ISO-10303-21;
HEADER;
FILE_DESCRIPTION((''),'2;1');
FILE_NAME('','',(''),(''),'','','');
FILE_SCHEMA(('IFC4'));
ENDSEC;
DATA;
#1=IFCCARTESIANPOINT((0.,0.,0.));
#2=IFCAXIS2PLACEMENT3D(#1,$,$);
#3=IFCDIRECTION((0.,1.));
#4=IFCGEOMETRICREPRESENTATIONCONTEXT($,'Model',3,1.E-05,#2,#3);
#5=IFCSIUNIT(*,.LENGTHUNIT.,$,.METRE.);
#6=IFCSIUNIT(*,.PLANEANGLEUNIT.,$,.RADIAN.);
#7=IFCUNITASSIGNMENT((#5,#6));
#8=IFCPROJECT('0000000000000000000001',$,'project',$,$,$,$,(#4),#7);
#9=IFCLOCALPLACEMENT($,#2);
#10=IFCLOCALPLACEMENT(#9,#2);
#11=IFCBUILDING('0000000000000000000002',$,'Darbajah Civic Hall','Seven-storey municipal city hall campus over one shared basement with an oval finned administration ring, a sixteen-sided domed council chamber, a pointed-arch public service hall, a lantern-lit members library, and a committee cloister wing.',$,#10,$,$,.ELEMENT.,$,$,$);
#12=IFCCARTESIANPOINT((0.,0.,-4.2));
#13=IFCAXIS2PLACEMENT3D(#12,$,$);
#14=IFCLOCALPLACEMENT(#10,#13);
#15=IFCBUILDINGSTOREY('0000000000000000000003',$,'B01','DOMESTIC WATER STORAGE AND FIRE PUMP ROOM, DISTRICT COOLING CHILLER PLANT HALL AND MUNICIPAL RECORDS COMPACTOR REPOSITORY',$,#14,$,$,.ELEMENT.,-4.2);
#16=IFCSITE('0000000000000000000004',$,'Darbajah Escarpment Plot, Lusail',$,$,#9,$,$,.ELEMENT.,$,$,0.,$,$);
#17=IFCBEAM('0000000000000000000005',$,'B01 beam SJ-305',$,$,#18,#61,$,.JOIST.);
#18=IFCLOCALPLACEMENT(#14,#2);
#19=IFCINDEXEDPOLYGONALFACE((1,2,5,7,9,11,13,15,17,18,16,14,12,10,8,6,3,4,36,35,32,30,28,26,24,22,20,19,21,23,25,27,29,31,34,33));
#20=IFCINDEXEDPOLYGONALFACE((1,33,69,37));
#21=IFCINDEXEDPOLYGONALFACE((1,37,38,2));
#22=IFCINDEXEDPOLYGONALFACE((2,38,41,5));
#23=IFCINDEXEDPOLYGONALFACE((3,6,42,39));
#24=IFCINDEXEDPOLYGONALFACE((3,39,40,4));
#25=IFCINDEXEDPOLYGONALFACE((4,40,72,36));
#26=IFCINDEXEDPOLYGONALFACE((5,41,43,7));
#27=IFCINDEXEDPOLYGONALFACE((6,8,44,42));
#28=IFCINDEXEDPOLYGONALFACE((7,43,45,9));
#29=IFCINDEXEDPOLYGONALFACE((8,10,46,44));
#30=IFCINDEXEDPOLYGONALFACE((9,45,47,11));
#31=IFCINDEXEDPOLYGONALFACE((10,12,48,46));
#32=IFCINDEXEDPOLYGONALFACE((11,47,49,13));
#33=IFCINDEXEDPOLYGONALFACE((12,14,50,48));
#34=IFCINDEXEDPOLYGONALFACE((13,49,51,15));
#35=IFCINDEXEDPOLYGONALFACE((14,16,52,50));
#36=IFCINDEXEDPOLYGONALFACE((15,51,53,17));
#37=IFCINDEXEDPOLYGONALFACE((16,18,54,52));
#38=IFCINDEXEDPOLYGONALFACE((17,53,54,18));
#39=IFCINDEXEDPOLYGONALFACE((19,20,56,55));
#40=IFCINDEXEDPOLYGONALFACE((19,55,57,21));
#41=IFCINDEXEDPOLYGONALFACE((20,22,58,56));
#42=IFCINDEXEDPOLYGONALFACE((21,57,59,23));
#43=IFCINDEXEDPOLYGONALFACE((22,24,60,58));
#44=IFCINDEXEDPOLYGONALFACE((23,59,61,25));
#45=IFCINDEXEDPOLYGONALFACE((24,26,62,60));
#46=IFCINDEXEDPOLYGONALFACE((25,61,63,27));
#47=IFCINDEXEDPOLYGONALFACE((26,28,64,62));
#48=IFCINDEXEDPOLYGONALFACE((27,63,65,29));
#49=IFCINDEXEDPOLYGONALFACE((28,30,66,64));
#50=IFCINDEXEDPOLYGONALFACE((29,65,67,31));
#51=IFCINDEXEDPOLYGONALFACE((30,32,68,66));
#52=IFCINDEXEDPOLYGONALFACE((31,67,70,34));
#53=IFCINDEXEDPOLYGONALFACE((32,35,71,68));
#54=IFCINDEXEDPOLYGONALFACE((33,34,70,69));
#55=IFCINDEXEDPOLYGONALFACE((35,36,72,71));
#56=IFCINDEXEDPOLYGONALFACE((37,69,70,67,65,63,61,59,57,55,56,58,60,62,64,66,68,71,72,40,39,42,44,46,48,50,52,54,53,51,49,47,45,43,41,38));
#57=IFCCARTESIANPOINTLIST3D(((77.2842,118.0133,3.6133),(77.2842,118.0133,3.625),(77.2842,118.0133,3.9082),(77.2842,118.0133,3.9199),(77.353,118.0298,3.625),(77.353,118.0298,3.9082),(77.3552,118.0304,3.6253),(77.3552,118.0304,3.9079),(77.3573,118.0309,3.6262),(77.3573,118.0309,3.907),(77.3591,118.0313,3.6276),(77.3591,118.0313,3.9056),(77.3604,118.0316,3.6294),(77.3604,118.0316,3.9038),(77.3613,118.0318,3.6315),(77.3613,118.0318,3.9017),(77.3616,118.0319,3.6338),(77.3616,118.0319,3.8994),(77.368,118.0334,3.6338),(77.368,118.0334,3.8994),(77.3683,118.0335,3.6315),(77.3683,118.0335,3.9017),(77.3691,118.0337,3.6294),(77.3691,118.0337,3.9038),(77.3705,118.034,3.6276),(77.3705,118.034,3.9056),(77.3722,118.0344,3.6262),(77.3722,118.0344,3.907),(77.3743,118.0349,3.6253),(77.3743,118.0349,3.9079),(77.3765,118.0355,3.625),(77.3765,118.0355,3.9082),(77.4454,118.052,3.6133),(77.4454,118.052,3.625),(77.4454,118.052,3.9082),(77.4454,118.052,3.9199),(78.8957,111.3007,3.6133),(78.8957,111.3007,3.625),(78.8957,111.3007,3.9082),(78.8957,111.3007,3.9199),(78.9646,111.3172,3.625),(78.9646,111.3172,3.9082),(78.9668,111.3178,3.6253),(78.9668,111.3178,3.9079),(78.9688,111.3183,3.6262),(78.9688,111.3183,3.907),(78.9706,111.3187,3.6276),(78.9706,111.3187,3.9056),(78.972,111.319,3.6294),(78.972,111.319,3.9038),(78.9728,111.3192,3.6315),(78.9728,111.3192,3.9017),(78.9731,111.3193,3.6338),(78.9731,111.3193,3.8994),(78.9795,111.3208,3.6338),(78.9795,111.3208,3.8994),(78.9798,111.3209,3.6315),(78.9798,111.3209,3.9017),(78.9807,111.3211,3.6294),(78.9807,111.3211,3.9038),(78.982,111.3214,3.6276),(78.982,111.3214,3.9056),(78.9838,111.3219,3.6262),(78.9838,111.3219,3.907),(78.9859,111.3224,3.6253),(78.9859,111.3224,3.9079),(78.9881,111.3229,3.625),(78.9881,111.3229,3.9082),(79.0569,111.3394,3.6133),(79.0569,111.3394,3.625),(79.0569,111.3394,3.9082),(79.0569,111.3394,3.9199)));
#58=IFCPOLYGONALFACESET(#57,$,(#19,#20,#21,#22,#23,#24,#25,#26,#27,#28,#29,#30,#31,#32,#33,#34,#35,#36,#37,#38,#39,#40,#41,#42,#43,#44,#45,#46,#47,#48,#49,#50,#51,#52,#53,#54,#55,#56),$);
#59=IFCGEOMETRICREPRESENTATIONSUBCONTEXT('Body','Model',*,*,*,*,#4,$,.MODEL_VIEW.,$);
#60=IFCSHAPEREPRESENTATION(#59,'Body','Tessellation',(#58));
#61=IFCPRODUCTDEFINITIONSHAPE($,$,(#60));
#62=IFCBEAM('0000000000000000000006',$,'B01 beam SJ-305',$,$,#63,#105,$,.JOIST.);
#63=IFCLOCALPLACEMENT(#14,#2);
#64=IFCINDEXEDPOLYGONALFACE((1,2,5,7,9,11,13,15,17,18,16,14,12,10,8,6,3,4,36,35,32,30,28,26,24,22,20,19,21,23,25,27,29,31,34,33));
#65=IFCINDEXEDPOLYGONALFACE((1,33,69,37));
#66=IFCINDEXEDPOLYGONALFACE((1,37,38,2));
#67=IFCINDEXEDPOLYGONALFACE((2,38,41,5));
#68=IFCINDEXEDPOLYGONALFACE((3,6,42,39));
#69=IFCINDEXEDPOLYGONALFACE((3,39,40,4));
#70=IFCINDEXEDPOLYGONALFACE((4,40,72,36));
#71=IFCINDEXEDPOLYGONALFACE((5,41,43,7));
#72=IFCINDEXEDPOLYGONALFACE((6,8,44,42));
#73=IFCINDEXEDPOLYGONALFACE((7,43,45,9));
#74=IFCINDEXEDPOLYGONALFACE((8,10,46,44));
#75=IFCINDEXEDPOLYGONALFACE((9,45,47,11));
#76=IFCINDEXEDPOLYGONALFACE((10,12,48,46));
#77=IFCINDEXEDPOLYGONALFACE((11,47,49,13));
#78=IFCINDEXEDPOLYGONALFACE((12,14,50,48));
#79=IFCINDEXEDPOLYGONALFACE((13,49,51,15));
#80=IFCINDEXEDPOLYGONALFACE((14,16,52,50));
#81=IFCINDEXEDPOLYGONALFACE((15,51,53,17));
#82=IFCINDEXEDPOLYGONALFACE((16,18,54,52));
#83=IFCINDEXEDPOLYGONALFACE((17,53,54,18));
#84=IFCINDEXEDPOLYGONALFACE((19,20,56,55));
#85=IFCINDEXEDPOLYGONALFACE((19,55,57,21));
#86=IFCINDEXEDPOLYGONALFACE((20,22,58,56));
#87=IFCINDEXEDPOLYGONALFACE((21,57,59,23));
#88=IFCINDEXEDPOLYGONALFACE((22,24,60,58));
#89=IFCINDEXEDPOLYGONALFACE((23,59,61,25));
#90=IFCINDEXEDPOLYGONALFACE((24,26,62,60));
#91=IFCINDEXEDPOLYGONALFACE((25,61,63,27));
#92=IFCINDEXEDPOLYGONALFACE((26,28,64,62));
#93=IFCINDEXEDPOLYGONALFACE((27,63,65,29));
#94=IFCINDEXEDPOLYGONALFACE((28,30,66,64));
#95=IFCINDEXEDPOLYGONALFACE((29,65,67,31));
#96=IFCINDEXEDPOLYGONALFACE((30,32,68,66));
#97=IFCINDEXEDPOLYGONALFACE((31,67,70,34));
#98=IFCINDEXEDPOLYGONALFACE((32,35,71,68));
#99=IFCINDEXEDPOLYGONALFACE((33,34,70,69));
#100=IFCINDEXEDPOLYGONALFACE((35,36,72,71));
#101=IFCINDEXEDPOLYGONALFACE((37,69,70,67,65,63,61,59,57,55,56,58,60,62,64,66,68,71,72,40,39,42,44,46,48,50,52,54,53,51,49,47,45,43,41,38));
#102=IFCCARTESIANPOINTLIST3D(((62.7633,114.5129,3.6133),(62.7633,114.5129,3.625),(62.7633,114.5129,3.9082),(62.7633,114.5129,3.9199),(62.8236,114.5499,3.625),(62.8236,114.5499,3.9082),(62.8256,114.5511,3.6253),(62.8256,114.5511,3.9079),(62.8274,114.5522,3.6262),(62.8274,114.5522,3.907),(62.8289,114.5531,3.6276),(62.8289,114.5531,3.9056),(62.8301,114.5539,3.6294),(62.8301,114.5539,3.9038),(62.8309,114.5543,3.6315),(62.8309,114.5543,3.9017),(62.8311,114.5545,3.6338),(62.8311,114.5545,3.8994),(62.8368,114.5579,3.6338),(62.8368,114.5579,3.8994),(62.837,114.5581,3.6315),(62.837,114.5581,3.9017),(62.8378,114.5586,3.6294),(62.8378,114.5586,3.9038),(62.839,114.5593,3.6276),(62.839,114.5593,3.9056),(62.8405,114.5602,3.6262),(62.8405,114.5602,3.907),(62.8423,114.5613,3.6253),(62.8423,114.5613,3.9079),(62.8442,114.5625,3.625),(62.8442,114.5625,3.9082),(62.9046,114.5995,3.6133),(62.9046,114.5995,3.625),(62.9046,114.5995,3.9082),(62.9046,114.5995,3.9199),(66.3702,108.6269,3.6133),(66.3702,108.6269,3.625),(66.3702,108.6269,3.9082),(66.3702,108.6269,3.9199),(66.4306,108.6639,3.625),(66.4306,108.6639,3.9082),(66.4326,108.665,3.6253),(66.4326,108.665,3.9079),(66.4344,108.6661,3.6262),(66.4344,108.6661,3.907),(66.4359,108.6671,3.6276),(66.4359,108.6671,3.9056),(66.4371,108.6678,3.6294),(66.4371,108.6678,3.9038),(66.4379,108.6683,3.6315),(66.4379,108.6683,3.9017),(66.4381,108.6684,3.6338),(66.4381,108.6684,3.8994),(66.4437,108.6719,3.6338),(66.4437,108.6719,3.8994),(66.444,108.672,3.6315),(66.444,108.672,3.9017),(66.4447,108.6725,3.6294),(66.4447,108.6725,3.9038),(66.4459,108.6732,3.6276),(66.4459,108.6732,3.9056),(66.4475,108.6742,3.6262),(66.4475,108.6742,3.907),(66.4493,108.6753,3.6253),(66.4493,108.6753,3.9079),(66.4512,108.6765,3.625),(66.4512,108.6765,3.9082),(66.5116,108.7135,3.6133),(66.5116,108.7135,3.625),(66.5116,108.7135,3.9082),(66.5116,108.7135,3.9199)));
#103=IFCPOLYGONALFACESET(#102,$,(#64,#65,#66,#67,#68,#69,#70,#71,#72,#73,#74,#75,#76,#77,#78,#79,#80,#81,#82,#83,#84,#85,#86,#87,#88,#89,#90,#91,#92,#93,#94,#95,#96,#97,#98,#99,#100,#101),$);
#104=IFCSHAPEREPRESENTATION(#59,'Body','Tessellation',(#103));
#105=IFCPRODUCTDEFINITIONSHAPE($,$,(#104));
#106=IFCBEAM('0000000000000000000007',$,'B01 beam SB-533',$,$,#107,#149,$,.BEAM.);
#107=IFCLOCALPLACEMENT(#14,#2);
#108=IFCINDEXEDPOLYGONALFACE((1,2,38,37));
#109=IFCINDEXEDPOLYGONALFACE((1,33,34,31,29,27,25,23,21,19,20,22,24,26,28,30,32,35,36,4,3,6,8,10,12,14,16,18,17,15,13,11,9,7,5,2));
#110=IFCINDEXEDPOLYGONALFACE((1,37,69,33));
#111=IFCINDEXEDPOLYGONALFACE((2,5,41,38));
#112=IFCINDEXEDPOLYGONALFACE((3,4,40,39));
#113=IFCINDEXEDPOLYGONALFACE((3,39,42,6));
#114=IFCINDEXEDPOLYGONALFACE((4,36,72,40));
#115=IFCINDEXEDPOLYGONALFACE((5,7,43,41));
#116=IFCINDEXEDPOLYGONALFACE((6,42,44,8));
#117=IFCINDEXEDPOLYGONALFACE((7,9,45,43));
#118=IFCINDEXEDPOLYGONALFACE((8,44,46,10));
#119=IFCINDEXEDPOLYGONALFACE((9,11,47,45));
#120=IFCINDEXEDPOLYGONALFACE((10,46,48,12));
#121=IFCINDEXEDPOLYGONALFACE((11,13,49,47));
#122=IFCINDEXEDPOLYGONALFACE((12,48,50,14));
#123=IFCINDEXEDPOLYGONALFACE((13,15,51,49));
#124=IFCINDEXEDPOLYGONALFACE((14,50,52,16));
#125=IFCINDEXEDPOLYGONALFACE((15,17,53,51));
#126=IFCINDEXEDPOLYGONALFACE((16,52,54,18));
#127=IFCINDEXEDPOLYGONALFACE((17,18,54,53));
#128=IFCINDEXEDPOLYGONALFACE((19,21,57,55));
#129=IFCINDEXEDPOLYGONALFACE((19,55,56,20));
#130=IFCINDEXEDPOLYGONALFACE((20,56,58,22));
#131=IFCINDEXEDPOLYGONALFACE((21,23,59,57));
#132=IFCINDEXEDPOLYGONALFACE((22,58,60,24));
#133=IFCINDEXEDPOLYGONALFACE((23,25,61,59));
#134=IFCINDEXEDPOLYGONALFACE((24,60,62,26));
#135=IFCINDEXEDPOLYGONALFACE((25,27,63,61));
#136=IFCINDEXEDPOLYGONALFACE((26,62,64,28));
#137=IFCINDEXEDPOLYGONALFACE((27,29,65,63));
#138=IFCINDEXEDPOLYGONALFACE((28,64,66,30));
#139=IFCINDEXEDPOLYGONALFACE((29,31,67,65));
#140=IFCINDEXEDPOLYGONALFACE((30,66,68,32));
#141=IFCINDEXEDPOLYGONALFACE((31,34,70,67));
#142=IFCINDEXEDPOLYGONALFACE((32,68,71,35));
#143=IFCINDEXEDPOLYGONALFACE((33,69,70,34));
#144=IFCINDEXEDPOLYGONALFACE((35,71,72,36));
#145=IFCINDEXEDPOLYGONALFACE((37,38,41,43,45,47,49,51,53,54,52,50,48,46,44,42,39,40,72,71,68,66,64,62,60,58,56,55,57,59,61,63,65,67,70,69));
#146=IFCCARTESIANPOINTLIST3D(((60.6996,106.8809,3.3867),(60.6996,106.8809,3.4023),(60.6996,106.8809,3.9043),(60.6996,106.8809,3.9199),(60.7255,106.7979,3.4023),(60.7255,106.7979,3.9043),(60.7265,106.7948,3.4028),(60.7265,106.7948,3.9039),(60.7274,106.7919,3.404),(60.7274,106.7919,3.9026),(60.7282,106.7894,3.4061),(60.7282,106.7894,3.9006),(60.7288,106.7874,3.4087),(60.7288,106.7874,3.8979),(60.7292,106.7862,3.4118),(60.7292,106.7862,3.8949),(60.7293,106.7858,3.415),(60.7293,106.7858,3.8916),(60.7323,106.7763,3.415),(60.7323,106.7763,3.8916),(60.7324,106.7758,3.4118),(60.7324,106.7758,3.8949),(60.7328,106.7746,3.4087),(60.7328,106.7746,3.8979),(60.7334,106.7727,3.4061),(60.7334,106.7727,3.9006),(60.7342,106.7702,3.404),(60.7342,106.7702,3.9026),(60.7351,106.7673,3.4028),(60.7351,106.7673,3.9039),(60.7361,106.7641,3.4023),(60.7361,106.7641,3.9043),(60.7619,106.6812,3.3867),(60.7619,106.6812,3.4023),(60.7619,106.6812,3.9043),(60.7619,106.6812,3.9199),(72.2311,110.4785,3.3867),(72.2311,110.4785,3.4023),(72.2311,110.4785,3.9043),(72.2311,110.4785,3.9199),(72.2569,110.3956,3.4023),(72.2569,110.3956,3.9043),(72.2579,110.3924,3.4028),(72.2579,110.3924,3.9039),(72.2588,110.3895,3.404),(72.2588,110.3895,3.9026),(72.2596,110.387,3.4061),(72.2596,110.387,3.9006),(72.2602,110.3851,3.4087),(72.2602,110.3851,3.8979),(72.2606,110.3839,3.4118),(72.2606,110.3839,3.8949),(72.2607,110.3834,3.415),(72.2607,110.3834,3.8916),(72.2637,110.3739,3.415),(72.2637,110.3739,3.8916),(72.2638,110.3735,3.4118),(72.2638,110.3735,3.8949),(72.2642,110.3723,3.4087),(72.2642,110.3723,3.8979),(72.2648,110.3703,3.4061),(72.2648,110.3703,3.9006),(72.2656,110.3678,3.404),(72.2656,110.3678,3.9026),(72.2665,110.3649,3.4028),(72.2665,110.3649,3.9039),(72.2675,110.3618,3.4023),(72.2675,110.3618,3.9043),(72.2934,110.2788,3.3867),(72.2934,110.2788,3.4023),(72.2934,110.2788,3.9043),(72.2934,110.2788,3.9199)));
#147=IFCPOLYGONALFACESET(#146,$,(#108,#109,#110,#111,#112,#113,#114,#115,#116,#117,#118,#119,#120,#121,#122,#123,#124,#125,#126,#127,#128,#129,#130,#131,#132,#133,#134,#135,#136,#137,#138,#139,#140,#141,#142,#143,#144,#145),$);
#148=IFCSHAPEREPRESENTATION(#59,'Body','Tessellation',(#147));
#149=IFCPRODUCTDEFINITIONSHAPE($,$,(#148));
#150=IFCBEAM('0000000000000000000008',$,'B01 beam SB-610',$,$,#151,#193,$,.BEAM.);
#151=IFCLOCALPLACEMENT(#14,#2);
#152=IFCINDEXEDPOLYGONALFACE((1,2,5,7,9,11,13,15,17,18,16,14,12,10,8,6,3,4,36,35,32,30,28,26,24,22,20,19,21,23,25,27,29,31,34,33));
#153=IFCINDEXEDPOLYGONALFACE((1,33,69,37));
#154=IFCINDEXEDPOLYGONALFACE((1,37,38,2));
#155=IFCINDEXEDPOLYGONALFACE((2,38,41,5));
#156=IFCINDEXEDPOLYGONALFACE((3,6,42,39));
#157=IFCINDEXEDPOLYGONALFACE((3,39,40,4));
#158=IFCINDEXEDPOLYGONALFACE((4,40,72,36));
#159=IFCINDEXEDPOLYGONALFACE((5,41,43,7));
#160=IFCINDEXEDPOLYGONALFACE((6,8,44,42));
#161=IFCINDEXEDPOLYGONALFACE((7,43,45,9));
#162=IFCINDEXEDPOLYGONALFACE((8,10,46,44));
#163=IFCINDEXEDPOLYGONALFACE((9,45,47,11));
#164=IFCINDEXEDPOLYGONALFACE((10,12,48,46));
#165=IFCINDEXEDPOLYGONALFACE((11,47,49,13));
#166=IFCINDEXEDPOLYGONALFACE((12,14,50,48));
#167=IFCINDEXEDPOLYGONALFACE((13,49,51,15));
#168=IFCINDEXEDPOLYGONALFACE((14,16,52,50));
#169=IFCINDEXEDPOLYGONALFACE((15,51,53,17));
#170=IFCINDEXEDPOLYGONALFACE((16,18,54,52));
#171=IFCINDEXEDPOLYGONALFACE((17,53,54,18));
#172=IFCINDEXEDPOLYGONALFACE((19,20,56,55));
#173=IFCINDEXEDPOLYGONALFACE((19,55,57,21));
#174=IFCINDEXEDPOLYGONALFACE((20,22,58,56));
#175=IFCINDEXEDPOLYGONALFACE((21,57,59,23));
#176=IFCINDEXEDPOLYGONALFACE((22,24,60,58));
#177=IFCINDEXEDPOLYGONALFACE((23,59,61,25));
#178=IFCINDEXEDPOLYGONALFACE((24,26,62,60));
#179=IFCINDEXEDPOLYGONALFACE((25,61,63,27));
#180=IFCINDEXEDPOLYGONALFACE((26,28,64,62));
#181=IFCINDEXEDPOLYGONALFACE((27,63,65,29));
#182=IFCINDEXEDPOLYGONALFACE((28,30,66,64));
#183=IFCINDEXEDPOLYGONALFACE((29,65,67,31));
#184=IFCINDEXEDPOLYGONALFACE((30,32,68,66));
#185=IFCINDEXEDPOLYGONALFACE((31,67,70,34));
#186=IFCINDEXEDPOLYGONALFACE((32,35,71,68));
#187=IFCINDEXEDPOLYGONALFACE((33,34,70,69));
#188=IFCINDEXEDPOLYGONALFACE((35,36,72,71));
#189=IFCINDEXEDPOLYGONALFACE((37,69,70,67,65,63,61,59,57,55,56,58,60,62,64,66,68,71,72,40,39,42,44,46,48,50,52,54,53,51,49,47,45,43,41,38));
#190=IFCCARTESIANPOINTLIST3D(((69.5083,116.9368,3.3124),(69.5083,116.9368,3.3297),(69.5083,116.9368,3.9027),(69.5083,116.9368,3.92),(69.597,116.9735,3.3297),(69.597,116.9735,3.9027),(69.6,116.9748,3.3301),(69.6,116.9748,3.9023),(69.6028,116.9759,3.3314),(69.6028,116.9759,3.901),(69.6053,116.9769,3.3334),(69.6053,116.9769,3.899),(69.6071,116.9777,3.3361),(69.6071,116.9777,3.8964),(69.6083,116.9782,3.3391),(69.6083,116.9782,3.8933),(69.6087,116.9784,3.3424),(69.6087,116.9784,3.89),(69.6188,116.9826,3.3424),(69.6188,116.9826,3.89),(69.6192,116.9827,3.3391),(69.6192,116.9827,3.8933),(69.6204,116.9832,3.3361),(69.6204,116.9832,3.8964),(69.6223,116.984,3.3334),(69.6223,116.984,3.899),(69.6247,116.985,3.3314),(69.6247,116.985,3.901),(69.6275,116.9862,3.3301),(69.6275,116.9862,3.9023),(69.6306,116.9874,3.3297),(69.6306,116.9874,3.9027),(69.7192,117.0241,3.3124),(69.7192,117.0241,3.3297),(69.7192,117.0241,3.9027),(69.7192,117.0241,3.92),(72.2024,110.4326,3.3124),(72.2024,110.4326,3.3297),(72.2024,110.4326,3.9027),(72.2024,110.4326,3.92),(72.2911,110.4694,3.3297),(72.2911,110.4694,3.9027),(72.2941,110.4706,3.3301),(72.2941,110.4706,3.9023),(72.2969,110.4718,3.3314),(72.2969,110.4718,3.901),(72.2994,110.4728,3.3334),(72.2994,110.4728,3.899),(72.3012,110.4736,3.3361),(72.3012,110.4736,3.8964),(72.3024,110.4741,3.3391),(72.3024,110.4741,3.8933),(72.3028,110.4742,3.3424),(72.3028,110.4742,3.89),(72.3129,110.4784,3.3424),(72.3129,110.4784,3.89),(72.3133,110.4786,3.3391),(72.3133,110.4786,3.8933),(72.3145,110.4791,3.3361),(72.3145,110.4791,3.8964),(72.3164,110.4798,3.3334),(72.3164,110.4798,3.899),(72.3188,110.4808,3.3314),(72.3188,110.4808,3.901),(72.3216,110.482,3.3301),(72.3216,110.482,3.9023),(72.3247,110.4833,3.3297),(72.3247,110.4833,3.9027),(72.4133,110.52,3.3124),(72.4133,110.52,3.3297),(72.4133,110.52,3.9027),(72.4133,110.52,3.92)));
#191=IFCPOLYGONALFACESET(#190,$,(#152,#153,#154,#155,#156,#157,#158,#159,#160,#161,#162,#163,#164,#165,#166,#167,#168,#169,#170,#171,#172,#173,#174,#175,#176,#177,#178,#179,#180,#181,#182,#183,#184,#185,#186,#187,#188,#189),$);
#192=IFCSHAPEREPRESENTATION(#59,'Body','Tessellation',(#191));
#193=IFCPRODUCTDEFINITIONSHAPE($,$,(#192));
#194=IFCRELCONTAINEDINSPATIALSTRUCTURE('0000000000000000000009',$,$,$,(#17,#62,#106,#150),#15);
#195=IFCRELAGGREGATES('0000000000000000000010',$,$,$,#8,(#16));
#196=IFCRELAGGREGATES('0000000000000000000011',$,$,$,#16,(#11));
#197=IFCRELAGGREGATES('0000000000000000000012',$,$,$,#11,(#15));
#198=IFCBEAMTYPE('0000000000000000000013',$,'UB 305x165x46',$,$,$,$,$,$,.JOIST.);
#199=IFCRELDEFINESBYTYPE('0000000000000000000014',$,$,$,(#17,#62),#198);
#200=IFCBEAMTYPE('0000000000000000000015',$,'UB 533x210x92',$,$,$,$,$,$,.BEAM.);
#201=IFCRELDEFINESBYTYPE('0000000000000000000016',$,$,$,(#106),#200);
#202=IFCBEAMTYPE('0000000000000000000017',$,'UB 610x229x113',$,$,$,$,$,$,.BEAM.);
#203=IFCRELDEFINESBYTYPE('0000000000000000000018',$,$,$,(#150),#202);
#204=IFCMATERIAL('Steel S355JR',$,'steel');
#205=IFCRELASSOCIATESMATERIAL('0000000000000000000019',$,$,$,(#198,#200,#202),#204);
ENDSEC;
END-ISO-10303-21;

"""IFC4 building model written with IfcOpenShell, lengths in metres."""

from ifc_helpers import new_model, si_unit, direction, frame, origin, origin_2d, place, context, subcontext, project, spatial, i_section, extrude, material, material_profile, profile_set, type_object, element, save


model = new_model("IFC4")

# Units and contexts
model_context = context("Model", 3, precision=1e-05, world=origin(), true_north=direction((0.0, 1.0)))
body_context = subcontext(model_context, "Body", "Model", "MODEL_VIEW")
ifc_project = project(units=[si_unit("LENGTHUNIT", "METRE"), si_unit("PLANEANGLEUNIT", "RADIAN")], contexts=[model_context])

# Site, building, storey
site_placement = place(None, origin())
site = spatial("IfcSite", under=ifc_project, at=site_placement, Name="Darbajah Escarpment Plot, Lusail", CompositionType="ELEMENT", RefElevation=0.0)
building_placement = place(site_placement, origin())
building = spatial("IfcBuilding", under=site, at=building_placement, Name="Darbajah Civic Hall", Description="Seven-storey municipal city hall campus over one shared basement with an oval finned administration ring, a sixteen-sided domed council chamber, a pointed-arch public service hall, a lantern-lit members library, and a committee cloister wing.", CompositionType="ELEMENT")
storey_placement = place(building_placement, frame((0.0, 0.0, -4.2)))
storey = spatial("IfcBuildingStorey", under=building, at=storey_placement, Name="B01", Description="DOMESTIC WATER STORAGE AND FIRE PUMP ROOM, DISTRICT COOLING CHILLER PLANT HALL AND MUNICIPAL RECORDS COMPACTOR REPOSITORY", CompositionType="ELEMENT", Elevation=-4.2)

# Beams
ifc_material_1 = material(Name="Steel S355JR", Category="steel")
ifc_material_profile_1 = material_profile(ifc_material_1, i_section(OverallWidth=0.1658, OverallDepth=0.3066, WebThickness=0.0066, FlangeThickness=0.0117, FilletRadius=0.0088, at=origin_2d()), Name="UB 305x165x46")
ifc_profile_set_1 = profile_set([ifc_material_profile_1], Name="Steel S355JR")
beam_type_1 = type_object("IfcBeamType", Name="UB 305x165x46", PredefinedType="JOIST", material=ifc_profile_set_1)
for number, where, z_axis, x_axis, name in (
    (1, (78.9763, 111.3201, 3.7666), (-0.233447, 0.97237, 0.0), (-0.97237, -0.233447, 0.0), "B01 beam SJ-305"),
    (2, (66.4409, 108.6702, 3.7666), (-0.522498, 0.85264, 0.0), (-0.85264, -0.522498, 0.0), "B01 beam SJ-305"),
):
    element("IfcBeam", number, at=place(storey_placement, frame(where, z_axis=z_axis, x_axis=x_axis)), inside=storey, type_object=beam_type_1, Name=name, PredefinedType="JOIST", context=body_context, shape_type="SweptSolid", body=[
        extrude(i_section(OverallWidth=0.1658, OverallDepth=0.3066, WebThickness=0.0066, FlangeThickness=0.0117, FilletRadius=0.0088, at=origin_2d()), origin(), (0.0, 0.0, 1.0), 6.9033),
    ])
ifc_material_profile_2 = material_profile(ifc_material_1, i_section(OverallWidth=0.2092, OverallDepth=0.5332, WebThickness=0.01, FlangeThickness=0.0156, FilletRadius=0.0127, at=origin_2d()), Name="UB 533x210x92")
ifc_profile_set_2 = profile_set([ifc_material_profile_2], Name="Steel S355JR")
beam_type_2 = type_object("IfcBeamType", Name="UB 533x210x92", PredefinedType="BEAM", material=ifc_profile_set_2)
beam_1_placement = place(storey_placement, frame((72.2622, 110.3787, 3.6533), z_axis=(-0.95462, -0.297827, 0.0), x_axis=(0.297827, -0.95462, 0.0)))
element("IfcBeam", 3, at=beam_1_placement, inside=storey, type_object=beam_type_2, Name="B01 beam SB-533", PredefinedType="BEAM", context=body_context, shape_type="SweptSolid", body=[
    extrude(i_section(OverallWidth=0.2092, OverallDepth=0.5332, WebThickness=0.01, FlangeThickness=0.0156, FilletRadius=0.0127, at=origin_2d()), origin(), (0.0, 0.0, 1.0), 12.0796),
])
ifc_material_profile_3 = material_profile(ifc_material_1, i_section(OverallWidth=0.2283, OverallDepth=0.6077, WebThickness=0.011, FlangeThickness=0.0173, FilletRadius=0.0127, at=origin_2d()), Name="UB 610x229x113")
ifc_profile_set_3 = profile_set([ifc_material_profile_3], Name="Steel S355JR")
beam_type_3 = type_object("IfcBeamType", Name="UB 610x229x113", PredefinedType="BEAM", material=ifc_profile_set_3)
beam_2_placement = place(storey_placement, frame((72.3079, 110.4763, 3.6162), z_axis=(-0.382682, 0.92388, 0.0), x_axis=(-0.92388, -0.382682, 0.0)))
element("IfcBeam", 4, at=beam_2_placement, inside=storey, type_object=beam_type_3, Name="B01 beam SB-610", PredefinedType="BEAM", context=body_context, shape_type="SweptSolid", body=[
    extrude(i_section(OverallWidth=0.2283, OverallDepth=0.6077, WebThickness=0.011, FlangeThickness=0.0173, FilletRadius=0.0127, at=origin_2d()), origin(), (0.0, 0.0, 1.0), 7.04),
])

save(model, "model.ifc")
